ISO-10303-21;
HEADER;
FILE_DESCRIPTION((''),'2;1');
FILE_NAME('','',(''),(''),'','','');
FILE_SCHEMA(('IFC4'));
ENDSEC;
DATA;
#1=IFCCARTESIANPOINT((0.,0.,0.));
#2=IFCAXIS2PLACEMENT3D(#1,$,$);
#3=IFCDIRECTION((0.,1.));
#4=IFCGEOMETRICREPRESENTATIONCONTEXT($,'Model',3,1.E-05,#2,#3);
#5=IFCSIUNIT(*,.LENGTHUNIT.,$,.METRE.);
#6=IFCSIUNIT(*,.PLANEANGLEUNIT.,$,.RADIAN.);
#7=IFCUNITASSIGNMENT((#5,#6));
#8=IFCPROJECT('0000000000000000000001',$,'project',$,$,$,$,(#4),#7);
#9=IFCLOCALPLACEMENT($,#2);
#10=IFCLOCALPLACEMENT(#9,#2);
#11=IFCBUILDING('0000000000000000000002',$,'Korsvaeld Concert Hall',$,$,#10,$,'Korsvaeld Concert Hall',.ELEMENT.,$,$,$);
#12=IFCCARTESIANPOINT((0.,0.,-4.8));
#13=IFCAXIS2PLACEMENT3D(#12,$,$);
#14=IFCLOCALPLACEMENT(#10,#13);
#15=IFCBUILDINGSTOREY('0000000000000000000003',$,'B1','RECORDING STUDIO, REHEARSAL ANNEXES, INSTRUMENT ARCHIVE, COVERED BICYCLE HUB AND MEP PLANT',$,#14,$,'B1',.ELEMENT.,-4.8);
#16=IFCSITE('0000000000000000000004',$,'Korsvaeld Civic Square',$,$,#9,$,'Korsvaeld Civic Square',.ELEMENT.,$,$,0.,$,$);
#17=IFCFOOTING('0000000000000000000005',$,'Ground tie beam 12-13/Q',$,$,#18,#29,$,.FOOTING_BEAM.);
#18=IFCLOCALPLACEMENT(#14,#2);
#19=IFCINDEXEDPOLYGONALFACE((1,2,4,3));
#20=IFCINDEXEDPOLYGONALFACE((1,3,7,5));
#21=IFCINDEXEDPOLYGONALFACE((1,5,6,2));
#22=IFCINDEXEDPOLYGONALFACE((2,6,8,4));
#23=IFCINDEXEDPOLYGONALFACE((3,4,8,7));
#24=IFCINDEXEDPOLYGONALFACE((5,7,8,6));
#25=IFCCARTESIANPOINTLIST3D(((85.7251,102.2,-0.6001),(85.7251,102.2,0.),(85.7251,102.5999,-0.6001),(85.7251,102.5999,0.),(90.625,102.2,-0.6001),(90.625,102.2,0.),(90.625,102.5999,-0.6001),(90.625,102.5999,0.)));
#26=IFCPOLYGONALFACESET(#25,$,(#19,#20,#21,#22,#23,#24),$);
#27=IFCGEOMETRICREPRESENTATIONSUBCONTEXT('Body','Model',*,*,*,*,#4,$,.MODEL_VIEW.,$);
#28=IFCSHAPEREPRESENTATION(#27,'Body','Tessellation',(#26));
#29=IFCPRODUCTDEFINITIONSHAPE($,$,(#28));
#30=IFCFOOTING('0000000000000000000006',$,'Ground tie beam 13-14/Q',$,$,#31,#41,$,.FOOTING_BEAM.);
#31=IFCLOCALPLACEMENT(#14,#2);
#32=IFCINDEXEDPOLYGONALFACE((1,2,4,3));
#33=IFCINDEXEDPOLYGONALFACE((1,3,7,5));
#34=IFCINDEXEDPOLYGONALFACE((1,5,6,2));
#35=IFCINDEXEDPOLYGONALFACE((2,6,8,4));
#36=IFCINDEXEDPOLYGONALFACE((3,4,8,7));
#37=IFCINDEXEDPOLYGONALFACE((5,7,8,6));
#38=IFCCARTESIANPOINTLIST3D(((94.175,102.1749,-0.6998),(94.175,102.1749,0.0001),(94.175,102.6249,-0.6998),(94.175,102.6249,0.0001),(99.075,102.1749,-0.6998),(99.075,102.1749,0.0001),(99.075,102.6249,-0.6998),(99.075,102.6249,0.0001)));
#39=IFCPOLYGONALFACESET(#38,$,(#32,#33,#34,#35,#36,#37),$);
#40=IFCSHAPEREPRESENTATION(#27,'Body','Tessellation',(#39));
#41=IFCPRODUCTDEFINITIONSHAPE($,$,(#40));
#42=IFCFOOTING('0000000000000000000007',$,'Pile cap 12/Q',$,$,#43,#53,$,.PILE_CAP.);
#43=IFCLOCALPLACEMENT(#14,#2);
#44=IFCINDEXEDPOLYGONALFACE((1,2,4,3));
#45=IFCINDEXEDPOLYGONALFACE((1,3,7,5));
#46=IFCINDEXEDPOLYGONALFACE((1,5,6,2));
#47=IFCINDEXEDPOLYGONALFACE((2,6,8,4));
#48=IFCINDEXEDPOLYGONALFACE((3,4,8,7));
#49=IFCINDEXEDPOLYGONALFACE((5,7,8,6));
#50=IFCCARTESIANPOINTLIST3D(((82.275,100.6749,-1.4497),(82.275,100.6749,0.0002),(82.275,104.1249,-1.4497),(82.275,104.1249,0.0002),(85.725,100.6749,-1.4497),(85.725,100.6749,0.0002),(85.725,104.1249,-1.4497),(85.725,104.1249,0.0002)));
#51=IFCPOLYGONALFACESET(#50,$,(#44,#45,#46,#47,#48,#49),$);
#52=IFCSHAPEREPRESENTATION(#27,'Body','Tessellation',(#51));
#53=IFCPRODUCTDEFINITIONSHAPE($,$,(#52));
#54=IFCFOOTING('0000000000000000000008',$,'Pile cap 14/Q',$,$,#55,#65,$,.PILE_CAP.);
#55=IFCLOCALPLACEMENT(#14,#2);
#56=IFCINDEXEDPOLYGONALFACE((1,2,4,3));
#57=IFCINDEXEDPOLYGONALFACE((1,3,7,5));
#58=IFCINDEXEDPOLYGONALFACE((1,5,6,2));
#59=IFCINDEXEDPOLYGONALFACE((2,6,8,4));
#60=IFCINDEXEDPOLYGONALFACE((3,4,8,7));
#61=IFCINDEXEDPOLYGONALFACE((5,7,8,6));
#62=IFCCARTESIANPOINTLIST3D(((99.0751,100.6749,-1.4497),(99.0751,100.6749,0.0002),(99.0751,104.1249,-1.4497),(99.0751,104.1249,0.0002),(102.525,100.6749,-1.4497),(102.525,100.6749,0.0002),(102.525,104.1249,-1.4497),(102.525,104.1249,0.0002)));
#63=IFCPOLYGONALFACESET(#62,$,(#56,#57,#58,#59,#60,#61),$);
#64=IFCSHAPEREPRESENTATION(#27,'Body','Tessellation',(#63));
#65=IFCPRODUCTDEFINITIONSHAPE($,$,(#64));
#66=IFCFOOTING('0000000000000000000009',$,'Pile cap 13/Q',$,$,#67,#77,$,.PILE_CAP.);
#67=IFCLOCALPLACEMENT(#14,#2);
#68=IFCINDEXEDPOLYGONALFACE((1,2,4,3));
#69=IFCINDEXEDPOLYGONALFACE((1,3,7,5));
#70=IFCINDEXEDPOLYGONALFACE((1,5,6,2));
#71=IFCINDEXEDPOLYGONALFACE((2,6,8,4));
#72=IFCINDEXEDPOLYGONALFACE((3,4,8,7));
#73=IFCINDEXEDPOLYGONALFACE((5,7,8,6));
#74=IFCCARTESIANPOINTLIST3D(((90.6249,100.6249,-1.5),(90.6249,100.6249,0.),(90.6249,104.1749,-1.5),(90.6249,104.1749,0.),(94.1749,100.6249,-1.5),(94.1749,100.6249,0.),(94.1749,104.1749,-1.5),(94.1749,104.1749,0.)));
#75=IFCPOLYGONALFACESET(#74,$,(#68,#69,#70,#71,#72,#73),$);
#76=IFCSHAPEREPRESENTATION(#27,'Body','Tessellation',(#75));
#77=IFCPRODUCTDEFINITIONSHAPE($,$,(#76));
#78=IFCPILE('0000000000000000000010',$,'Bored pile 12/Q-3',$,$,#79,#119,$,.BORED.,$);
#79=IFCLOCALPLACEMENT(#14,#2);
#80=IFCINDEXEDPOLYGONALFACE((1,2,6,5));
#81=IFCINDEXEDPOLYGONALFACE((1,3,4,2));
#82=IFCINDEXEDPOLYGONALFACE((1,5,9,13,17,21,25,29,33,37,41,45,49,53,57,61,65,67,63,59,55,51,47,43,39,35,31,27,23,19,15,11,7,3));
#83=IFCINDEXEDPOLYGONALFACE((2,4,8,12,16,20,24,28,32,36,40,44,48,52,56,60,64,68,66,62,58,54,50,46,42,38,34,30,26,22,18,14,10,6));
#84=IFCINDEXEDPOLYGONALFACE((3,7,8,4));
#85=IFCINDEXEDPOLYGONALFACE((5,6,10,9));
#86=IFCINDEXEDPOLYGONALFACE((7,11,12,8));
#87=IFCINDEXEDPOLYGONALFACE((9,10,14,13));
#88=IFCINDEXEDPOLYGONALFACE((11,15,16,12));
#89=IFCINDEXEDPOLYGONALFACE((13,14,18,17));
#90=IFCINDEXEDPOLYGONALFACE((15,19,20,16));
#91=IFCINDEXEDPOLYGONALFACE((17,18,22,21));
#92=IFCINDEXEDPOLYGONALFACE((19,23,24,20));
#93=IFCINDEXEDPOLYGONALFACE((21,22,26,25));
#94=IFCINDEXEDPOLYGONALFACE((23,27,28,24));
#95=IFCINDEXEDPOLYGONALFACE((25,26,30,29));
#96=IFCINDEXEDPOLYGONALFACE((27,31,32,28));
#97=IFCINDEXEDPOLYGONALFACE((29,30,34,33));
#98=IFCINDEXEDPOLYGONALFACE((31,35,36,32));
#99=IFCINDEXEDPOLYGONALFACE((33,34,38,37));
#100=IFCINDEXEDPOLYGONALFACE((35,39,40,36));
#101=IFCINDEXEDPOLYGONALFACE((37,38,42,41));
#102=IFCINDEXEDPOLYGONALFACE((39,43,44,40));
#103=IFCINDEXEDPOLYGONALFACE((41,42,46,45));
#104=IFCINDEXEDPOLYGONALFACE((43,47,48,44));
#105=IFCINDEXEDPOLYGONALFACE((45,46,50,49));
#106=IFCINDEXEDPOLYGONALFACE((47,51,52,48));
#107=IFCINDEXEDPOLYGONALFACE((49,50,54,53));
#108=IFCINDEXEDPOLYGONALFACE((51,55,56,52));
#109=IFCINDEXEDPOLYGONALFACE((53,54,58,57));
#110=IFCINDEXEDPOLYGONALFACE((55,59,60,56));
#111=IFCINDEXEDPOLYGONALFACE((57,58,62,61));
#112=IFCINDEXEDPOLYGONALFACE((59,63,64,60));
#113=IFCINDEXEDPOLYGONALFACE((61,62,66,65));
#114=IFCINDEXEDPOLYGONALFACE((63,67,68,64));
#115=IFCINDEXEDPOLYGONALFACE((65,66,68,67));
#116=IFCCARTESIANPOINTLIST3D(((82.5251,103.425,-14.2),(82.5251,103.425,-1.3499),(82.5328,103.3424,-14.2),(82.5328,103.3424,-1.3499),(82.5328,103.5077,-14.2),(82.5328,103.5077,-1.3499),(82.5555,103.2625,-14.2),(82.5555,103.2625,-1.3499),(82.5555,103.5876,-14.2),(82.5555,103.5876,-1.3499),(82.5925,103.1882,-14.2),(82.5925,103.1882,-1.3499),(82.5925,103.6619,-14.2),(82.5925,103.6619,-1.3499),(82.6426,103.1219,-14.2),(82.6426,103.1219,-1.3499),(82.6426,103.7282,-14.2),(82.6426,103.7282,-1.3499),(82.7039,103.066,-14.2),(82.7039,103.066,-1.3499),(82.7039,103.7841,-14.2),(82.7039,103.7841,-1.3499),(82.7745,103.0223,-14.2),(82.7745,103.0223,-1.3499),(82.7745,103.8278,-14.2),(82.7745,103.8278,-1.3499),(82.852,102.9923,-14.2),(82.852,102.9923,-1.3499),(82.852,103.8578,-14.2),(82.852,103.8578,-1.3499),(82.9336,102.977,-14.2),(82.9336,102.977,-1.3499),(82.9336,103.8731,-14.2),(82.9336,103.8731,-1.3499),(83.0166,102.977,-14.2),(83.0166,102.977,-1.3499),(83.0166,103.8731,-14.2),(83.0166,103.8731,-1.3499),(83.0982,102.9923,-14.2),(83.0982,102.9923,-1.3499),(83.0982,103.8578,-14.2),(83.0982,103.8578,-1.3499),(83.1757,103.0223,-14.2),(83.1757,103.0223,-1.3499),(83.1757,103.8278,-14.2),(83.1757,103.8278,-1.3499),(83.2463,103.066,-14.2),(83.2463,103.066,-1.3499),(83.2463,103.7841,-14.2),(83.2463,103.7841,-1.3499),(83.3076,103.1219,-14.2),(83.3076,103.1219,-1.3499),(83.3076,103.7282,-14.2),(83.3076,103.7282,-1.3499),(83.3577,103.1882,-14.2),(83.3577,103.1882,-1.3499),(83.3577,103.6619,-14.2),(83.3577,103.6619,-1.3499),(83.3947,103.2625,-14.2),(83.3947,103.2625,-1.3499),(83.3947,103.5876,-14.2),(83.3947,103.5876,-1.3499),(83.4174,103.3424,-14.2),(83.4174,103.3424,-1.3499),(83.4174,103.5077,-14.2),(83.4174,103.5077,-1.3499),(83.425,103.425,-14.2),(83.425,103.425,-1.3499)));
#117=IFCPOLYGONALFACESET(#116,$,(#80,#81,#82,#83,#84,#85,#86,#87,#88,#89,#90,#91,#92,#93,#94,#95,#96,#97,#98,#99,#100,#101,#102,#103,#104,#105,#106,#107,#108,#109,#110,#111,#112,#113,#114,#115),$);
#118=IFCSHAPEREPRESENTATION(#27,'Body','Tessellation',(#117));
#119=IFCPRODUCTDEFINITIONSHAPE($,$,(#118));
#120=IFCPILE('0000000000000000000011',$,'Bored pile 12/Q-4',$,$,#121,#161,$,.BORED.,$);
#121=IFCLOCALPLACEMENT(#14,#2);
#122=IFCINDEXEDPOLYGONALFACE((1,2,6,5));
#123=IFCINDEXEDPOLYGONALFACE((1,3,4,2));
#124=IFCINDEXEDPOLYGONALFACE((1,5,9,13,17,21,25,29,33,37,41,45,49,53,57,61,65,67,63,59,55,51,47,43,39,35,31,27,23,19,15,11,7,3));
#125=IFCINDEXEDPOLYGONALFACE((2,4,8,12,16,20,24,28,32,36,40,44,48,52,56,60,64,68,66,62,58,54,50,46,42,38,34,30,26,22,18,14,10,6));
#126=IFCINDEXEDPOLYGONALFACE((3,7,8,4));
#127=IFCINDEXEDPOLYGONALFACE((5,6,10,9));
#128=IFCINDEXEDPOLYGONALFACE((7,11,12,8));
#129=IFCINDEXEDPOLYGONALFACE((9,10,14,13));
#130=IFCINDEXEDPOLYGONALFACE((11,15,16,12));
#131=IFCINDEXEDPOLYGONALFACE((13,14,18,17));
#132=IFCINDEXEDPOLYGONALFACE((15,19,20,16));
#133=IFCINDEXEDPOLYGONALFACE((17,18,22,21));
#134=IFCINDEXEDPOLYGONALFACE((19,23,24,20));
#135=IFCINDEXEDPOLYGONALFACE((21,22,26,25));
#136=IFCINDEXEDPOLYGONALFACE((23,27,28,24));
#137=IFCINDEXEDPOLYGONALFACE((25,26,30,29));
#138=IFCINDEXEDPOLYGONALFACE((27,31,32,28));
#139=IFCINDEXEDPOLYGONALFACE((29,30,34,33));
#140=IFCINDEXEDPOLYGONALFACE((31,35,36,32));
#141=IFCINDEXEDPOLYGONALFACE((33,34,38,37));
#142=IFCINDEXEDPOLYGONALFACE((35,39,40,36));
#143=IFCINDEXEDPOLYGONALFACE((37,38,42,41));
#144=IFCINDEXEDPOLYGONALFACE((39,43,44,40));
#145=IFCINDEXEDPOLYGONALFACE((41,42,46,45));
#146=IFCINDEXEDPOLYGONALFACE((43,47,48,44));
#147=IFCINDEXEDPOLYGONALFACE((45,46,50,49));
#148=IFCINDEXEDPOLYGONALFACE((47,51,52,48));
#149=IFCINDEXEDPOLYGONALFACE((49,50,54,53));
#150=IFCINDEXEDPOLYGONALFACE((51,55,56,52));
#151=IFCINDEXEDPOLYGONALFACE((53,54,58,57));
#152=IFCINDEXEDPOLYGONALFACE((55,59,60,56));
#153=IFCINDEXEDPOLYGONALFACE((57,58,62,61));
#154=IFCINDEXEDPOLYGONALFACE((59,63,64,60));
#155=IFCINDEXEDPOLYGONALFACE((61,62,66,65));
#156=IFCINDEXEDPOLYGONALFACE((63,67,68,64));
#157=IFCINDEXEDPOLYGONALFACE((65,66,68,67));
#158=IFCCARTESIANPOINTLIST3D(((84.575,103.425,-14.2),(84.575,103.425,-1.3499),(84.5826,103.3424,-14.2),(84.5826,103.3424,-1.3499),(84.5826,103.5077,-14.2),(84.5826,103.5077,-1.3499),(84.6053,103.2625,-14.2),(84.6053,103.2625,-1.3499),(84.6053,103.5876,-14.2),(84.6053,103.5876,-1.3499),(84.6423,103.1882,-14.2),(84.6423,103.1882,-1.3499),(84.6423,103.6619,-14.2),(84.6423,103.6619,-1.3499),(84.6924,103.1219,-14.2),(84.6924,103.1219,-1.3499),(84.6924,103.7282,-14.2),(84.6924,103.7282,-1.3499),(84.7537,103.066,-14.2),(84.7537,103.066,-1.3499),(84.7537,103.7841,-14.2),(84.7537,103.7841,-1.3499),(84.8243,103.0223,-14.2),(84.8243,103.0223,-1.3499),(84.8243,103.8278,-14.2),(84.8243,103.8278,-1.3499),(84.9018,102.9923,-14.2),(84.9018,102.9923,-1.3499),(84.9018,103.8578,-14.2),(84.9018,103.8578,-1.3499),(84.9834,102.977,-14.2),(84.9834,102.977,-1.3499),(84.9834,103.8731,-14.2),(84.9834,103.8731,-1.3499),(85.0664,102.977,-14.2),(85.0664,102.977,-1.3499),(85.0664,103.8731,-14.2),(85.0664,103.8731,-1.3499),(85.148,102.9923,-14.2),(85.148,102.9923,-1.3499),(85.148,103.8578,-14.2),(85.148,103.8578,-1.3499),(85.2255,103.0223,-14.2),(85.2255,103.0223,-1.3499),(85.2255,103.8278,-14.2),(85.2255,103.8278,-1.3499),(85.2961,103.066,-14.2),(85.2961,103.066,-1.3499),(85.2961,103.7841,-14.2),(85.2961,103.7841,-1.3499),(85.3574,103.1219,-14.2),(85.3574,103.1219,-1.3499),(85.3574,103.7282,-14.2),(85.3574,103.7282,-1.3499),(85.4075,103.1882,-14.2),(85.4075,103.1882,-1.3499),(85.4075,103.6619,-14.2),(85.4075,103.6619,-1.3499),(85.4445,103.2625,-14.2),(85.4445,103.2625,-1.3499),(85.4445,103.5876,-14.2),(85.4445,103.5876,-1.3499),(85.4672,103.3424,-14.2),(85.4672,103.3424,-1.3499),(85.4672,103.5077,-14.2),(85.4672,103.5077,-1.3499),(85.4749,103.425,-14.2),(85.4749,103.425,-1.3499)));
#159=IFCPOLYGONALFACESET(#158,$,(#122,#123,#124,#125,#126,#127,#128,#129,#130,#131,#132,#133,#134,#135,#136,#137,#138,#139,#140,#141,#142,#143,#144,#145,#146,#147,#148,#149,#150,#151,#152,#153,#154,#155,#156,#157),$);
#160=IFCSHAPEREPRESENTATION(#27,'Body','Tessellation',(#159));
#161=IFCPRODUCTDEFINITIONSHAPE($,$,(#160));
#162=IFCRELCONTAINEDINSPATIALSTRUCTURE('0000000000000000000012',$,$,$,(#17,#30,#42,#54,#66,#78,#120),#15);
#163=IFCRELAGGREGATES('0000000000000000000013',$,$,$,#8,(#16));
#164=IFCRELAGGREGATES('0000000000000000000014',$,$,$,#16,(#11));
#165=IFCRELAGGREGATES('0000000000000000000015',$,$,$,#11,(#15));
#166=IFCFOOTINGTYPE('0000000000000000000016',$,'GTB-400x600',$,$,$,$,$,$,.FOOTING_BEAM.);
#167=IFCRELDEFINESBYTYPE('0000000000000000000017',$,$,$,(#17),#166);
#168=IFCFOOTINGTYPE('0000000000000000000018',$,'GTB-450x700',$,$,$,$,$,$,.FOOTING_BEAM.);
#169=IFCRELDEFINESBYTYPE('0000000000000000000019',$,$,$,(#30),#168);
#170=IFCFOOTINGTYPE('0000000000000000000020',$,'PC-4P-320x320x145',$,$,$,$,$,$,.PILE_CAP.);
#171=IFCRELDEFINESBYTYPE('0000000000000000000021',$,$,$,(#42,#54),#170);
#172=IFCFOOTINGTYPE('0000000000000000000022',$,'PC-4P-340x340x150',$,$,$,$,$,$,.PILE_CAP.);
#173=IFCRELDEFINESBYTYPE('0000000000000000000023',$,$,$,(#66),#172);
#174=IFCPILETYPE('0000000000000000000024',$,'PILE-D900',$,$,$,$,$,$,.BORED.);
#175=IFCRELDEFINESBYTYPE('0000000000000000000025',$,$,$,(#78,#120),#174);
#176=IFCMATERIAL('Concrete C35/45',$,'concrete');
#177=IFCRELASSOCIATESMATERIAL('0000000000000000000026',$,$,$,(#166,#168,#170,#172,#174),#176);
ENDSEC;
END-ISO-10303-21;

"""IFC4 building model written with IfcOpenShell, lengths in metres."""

from ifc_helpers import new_model, si_unit, direction, frame, origin, origin_2d, place, context, subcontext, project, spatial, rectangle, circle, extrude, material, material_profile, profile_set, type_object, element, save


model = new_model("IFC4")

# Units and contexts
model_context = context("Model", 3, precision=1e-05, world=origin(), true_north=direction((0.0, 1.0)))
body_context = subcontext(model_context, "Body", "Model", "MODEL_VIEW")
ifc_project = project(units=[si_unit("LENGTHUNIT", "METRE"), si_unit("PLANEANGLEUNIT", "RADIAN")], contexts=[model_context])

# Site, building, storey
site_placement = place(None, origin())
site = spatial("IfcSite", under=ifc_project, at=site_placement, Name="Korsvaeld Civic Square", LongName="Korsvaeld Civic Square", CompositionType="ELEMENT", RefElevation=0.0)
building_placement = place(site_placement, origin())
building = spatial("IfcBuilding", under=site, at=building_placement, Name="Korsvaeld Concert Hall", LongName="Korsvaeld Concert Hall", CompositionType="ELEMENT")
storey_placement = place(building_placement, frame((0.0, 0.0, -4.8)))
storey = spatial("IfcBuildingStorey", under=building, at=storey_placement, Name="B1", Description="RECORDING STUDIO, REHEARSAL ANNEXES, INSTRUMENT ARCHIVE, COVERED BICYCLE HUB AND MEP PLANT", LongName="B1", CompositionType="ELEMENT", Elevation=-4.8)

# Footings
ifc_material_1 = material(Name="Concrete C35/45", Category="concrete")
ifc_material_profile_1 = material_profile(ifc_material_1, rectangle(XDim=0.3999, YDim=0.6001, at=origin_2d()), Name="GTB 400x600")
ifc_profile_set_1 = profile_set([ifc_material_profile_1], Name="Concrete C35/45")
footing_type_1 = type_object("IfcFootingType", Name="GTB-400x600", PredefinedType="FOOTING_BEAM", material=ifc_profile_set_1)
footing_1_placement = place(storey_placement, frame((85.7251, 102.3999, -0.3), z_axis=(1.0, 0.0, 0.0), x_axis=(0.0, 1.0, 0.0)))
element("IfcFooting", 1, at=footing_1_placement, inside=storey, type_object=footing_type_1, Name="Ground tie beam 12-13/Q", PredefinedType="FOOTING_BEAM", context=body_context, shape_type="SweptSolid", body=[
    extrude(rectangle(XDim=0.3999, YDim=0.6001, at=origin_2d()), origin(), (0.0, 0.0, 1.0), 4.8999),
])
ifc_material_profile_2 = material_profile(ifc_material_1, rectangle(XDim=0.45, YDim=0.7, at=origin_2d()), Name="GTB 450x700")
ifc_profile_set_2 = profile_set([ifc_material_profile_2], Name="Concrete C35/45")
footing_type_2 = type_object("IfcFootingType", Name="GTB-450x700", PredefinedType="FOOTING_BEAM", material=ifc_profile_set_2)
footing_2_placement = place(storey_placement, frame((94.175, 102.3999, -0.3499), z_axis=(1.0, 0.0, 0.0), x_axis=(0.0, 1.0, 0.0)))
element("IfcFooting", 2, at=footing_2_placement, inside=storey, type_object=footing_type_2, Name="Ground tie beam 13-14/Q", PredefinedType="FOOTING_BEAM", context=body_context, shape_type="SweptSolid", body=[
    extrude(rectangle(XDim=0.45, YDim=0.7, at=origin_2d()), origin(), (0.0, 0.0, 1.0), 4.8999),
])
footing_type_3 = type_object("IfcFootingType", Name="PC-4P-320x320x145", PredefinedType="PILE_CAP", material=ifc_material_1)
for number, where, z_axis, x_axis, name in (
    (3, (84.0, 102.3999, -1.4497), (0.0, 0.0, 1.0), (1.0, 0.0, 0.0), "Pile cap 12/Q"),
    (4, (100.8, 102.3999, -1.4497), (0.0, 0.0, 1.0), (1.0, 0.0, 0.0), "Pile cap 14/Q"),
):
    element("IfcFooting", number, at=place(storey_placement, frame(where, z_axis=z_axis, x_axis=x_axis)), inside=storey, type_object=footing_type_3, Name=name, PredefinedType="PILE_CAP", context=body_context, shape_type="SweptSolid", body=[
        extrude(rectangle(XDim=3.45, YDim=3.45, at=origin_2d()), origin(), (0.0, 0.0, 1.0), 1.45),
    ])
footing_type_4 = type_object("IfcFootingType", Name="PC-4P-340x340x150", PredefinedType="PILE_CAP", material=ifc_material_1)
footing_3_placement = place(storey_placement, frame((92.3999, 102.3999, -1.5), z_axis=(0.0, 0.0, 1.0), x_axis=(1.0, 0.0, 0.0)))
element("IfcFooting", 5, at=footing_3_placement, inside=storey, type_object=footing_type_4, Name="Pile cap 13/Q", PredefinedType="PILE_CAP", context=body_context, shape_type="SweptSolid", body=[
    extrude(rectangle(XDim=3.55, YDim=3.55, at=origin_2d()), origin(), (0.0, 0.0, 1.0), 1.5),
])

# Piles
ifc_material_profile_3 = material_profile(ifc_material_1, circle(Radius=0.45, at=origin_2d()), Name="BORED PILE D900")
ifc_profile_set_3 = profile_set([ifc_material_profile_3], Name="Concrete C35/45")
pile_type = type_object("IfcPileType", Name="PILE-D900", PredefinedType="BORED", material=ifc_profile_set_3)
for number, where, z_axis, x_axis, name in (
    (6, (82.9751, 103.425, -1.3499), (0.0, 0.0, -1.0), (1.0, 0.0, 0.0), "Bored pile 12/Q-3"),
    (7, (85.0249, 103.425, -1.3499), (0.0, 0.0, -1.0), (1.0, 0.0, 0.0), "Bored pile 12/Q-4"),
):
    element("IfcPile", number, at=place(storey_placement, frame(where, z_axis=z_axis, x_axis=x_axis)), inside=storey, type_object=pile_type, Name=name, PredefinedType="BORED", context=body_context, shape_type="SweptSolid", body=[
        extrude(circle(Radius=0.45, at=origin_2d()), origin(), (0.0, 0.0, 1.0), 12.8501),
    ])

save(model, "model.ifc")
